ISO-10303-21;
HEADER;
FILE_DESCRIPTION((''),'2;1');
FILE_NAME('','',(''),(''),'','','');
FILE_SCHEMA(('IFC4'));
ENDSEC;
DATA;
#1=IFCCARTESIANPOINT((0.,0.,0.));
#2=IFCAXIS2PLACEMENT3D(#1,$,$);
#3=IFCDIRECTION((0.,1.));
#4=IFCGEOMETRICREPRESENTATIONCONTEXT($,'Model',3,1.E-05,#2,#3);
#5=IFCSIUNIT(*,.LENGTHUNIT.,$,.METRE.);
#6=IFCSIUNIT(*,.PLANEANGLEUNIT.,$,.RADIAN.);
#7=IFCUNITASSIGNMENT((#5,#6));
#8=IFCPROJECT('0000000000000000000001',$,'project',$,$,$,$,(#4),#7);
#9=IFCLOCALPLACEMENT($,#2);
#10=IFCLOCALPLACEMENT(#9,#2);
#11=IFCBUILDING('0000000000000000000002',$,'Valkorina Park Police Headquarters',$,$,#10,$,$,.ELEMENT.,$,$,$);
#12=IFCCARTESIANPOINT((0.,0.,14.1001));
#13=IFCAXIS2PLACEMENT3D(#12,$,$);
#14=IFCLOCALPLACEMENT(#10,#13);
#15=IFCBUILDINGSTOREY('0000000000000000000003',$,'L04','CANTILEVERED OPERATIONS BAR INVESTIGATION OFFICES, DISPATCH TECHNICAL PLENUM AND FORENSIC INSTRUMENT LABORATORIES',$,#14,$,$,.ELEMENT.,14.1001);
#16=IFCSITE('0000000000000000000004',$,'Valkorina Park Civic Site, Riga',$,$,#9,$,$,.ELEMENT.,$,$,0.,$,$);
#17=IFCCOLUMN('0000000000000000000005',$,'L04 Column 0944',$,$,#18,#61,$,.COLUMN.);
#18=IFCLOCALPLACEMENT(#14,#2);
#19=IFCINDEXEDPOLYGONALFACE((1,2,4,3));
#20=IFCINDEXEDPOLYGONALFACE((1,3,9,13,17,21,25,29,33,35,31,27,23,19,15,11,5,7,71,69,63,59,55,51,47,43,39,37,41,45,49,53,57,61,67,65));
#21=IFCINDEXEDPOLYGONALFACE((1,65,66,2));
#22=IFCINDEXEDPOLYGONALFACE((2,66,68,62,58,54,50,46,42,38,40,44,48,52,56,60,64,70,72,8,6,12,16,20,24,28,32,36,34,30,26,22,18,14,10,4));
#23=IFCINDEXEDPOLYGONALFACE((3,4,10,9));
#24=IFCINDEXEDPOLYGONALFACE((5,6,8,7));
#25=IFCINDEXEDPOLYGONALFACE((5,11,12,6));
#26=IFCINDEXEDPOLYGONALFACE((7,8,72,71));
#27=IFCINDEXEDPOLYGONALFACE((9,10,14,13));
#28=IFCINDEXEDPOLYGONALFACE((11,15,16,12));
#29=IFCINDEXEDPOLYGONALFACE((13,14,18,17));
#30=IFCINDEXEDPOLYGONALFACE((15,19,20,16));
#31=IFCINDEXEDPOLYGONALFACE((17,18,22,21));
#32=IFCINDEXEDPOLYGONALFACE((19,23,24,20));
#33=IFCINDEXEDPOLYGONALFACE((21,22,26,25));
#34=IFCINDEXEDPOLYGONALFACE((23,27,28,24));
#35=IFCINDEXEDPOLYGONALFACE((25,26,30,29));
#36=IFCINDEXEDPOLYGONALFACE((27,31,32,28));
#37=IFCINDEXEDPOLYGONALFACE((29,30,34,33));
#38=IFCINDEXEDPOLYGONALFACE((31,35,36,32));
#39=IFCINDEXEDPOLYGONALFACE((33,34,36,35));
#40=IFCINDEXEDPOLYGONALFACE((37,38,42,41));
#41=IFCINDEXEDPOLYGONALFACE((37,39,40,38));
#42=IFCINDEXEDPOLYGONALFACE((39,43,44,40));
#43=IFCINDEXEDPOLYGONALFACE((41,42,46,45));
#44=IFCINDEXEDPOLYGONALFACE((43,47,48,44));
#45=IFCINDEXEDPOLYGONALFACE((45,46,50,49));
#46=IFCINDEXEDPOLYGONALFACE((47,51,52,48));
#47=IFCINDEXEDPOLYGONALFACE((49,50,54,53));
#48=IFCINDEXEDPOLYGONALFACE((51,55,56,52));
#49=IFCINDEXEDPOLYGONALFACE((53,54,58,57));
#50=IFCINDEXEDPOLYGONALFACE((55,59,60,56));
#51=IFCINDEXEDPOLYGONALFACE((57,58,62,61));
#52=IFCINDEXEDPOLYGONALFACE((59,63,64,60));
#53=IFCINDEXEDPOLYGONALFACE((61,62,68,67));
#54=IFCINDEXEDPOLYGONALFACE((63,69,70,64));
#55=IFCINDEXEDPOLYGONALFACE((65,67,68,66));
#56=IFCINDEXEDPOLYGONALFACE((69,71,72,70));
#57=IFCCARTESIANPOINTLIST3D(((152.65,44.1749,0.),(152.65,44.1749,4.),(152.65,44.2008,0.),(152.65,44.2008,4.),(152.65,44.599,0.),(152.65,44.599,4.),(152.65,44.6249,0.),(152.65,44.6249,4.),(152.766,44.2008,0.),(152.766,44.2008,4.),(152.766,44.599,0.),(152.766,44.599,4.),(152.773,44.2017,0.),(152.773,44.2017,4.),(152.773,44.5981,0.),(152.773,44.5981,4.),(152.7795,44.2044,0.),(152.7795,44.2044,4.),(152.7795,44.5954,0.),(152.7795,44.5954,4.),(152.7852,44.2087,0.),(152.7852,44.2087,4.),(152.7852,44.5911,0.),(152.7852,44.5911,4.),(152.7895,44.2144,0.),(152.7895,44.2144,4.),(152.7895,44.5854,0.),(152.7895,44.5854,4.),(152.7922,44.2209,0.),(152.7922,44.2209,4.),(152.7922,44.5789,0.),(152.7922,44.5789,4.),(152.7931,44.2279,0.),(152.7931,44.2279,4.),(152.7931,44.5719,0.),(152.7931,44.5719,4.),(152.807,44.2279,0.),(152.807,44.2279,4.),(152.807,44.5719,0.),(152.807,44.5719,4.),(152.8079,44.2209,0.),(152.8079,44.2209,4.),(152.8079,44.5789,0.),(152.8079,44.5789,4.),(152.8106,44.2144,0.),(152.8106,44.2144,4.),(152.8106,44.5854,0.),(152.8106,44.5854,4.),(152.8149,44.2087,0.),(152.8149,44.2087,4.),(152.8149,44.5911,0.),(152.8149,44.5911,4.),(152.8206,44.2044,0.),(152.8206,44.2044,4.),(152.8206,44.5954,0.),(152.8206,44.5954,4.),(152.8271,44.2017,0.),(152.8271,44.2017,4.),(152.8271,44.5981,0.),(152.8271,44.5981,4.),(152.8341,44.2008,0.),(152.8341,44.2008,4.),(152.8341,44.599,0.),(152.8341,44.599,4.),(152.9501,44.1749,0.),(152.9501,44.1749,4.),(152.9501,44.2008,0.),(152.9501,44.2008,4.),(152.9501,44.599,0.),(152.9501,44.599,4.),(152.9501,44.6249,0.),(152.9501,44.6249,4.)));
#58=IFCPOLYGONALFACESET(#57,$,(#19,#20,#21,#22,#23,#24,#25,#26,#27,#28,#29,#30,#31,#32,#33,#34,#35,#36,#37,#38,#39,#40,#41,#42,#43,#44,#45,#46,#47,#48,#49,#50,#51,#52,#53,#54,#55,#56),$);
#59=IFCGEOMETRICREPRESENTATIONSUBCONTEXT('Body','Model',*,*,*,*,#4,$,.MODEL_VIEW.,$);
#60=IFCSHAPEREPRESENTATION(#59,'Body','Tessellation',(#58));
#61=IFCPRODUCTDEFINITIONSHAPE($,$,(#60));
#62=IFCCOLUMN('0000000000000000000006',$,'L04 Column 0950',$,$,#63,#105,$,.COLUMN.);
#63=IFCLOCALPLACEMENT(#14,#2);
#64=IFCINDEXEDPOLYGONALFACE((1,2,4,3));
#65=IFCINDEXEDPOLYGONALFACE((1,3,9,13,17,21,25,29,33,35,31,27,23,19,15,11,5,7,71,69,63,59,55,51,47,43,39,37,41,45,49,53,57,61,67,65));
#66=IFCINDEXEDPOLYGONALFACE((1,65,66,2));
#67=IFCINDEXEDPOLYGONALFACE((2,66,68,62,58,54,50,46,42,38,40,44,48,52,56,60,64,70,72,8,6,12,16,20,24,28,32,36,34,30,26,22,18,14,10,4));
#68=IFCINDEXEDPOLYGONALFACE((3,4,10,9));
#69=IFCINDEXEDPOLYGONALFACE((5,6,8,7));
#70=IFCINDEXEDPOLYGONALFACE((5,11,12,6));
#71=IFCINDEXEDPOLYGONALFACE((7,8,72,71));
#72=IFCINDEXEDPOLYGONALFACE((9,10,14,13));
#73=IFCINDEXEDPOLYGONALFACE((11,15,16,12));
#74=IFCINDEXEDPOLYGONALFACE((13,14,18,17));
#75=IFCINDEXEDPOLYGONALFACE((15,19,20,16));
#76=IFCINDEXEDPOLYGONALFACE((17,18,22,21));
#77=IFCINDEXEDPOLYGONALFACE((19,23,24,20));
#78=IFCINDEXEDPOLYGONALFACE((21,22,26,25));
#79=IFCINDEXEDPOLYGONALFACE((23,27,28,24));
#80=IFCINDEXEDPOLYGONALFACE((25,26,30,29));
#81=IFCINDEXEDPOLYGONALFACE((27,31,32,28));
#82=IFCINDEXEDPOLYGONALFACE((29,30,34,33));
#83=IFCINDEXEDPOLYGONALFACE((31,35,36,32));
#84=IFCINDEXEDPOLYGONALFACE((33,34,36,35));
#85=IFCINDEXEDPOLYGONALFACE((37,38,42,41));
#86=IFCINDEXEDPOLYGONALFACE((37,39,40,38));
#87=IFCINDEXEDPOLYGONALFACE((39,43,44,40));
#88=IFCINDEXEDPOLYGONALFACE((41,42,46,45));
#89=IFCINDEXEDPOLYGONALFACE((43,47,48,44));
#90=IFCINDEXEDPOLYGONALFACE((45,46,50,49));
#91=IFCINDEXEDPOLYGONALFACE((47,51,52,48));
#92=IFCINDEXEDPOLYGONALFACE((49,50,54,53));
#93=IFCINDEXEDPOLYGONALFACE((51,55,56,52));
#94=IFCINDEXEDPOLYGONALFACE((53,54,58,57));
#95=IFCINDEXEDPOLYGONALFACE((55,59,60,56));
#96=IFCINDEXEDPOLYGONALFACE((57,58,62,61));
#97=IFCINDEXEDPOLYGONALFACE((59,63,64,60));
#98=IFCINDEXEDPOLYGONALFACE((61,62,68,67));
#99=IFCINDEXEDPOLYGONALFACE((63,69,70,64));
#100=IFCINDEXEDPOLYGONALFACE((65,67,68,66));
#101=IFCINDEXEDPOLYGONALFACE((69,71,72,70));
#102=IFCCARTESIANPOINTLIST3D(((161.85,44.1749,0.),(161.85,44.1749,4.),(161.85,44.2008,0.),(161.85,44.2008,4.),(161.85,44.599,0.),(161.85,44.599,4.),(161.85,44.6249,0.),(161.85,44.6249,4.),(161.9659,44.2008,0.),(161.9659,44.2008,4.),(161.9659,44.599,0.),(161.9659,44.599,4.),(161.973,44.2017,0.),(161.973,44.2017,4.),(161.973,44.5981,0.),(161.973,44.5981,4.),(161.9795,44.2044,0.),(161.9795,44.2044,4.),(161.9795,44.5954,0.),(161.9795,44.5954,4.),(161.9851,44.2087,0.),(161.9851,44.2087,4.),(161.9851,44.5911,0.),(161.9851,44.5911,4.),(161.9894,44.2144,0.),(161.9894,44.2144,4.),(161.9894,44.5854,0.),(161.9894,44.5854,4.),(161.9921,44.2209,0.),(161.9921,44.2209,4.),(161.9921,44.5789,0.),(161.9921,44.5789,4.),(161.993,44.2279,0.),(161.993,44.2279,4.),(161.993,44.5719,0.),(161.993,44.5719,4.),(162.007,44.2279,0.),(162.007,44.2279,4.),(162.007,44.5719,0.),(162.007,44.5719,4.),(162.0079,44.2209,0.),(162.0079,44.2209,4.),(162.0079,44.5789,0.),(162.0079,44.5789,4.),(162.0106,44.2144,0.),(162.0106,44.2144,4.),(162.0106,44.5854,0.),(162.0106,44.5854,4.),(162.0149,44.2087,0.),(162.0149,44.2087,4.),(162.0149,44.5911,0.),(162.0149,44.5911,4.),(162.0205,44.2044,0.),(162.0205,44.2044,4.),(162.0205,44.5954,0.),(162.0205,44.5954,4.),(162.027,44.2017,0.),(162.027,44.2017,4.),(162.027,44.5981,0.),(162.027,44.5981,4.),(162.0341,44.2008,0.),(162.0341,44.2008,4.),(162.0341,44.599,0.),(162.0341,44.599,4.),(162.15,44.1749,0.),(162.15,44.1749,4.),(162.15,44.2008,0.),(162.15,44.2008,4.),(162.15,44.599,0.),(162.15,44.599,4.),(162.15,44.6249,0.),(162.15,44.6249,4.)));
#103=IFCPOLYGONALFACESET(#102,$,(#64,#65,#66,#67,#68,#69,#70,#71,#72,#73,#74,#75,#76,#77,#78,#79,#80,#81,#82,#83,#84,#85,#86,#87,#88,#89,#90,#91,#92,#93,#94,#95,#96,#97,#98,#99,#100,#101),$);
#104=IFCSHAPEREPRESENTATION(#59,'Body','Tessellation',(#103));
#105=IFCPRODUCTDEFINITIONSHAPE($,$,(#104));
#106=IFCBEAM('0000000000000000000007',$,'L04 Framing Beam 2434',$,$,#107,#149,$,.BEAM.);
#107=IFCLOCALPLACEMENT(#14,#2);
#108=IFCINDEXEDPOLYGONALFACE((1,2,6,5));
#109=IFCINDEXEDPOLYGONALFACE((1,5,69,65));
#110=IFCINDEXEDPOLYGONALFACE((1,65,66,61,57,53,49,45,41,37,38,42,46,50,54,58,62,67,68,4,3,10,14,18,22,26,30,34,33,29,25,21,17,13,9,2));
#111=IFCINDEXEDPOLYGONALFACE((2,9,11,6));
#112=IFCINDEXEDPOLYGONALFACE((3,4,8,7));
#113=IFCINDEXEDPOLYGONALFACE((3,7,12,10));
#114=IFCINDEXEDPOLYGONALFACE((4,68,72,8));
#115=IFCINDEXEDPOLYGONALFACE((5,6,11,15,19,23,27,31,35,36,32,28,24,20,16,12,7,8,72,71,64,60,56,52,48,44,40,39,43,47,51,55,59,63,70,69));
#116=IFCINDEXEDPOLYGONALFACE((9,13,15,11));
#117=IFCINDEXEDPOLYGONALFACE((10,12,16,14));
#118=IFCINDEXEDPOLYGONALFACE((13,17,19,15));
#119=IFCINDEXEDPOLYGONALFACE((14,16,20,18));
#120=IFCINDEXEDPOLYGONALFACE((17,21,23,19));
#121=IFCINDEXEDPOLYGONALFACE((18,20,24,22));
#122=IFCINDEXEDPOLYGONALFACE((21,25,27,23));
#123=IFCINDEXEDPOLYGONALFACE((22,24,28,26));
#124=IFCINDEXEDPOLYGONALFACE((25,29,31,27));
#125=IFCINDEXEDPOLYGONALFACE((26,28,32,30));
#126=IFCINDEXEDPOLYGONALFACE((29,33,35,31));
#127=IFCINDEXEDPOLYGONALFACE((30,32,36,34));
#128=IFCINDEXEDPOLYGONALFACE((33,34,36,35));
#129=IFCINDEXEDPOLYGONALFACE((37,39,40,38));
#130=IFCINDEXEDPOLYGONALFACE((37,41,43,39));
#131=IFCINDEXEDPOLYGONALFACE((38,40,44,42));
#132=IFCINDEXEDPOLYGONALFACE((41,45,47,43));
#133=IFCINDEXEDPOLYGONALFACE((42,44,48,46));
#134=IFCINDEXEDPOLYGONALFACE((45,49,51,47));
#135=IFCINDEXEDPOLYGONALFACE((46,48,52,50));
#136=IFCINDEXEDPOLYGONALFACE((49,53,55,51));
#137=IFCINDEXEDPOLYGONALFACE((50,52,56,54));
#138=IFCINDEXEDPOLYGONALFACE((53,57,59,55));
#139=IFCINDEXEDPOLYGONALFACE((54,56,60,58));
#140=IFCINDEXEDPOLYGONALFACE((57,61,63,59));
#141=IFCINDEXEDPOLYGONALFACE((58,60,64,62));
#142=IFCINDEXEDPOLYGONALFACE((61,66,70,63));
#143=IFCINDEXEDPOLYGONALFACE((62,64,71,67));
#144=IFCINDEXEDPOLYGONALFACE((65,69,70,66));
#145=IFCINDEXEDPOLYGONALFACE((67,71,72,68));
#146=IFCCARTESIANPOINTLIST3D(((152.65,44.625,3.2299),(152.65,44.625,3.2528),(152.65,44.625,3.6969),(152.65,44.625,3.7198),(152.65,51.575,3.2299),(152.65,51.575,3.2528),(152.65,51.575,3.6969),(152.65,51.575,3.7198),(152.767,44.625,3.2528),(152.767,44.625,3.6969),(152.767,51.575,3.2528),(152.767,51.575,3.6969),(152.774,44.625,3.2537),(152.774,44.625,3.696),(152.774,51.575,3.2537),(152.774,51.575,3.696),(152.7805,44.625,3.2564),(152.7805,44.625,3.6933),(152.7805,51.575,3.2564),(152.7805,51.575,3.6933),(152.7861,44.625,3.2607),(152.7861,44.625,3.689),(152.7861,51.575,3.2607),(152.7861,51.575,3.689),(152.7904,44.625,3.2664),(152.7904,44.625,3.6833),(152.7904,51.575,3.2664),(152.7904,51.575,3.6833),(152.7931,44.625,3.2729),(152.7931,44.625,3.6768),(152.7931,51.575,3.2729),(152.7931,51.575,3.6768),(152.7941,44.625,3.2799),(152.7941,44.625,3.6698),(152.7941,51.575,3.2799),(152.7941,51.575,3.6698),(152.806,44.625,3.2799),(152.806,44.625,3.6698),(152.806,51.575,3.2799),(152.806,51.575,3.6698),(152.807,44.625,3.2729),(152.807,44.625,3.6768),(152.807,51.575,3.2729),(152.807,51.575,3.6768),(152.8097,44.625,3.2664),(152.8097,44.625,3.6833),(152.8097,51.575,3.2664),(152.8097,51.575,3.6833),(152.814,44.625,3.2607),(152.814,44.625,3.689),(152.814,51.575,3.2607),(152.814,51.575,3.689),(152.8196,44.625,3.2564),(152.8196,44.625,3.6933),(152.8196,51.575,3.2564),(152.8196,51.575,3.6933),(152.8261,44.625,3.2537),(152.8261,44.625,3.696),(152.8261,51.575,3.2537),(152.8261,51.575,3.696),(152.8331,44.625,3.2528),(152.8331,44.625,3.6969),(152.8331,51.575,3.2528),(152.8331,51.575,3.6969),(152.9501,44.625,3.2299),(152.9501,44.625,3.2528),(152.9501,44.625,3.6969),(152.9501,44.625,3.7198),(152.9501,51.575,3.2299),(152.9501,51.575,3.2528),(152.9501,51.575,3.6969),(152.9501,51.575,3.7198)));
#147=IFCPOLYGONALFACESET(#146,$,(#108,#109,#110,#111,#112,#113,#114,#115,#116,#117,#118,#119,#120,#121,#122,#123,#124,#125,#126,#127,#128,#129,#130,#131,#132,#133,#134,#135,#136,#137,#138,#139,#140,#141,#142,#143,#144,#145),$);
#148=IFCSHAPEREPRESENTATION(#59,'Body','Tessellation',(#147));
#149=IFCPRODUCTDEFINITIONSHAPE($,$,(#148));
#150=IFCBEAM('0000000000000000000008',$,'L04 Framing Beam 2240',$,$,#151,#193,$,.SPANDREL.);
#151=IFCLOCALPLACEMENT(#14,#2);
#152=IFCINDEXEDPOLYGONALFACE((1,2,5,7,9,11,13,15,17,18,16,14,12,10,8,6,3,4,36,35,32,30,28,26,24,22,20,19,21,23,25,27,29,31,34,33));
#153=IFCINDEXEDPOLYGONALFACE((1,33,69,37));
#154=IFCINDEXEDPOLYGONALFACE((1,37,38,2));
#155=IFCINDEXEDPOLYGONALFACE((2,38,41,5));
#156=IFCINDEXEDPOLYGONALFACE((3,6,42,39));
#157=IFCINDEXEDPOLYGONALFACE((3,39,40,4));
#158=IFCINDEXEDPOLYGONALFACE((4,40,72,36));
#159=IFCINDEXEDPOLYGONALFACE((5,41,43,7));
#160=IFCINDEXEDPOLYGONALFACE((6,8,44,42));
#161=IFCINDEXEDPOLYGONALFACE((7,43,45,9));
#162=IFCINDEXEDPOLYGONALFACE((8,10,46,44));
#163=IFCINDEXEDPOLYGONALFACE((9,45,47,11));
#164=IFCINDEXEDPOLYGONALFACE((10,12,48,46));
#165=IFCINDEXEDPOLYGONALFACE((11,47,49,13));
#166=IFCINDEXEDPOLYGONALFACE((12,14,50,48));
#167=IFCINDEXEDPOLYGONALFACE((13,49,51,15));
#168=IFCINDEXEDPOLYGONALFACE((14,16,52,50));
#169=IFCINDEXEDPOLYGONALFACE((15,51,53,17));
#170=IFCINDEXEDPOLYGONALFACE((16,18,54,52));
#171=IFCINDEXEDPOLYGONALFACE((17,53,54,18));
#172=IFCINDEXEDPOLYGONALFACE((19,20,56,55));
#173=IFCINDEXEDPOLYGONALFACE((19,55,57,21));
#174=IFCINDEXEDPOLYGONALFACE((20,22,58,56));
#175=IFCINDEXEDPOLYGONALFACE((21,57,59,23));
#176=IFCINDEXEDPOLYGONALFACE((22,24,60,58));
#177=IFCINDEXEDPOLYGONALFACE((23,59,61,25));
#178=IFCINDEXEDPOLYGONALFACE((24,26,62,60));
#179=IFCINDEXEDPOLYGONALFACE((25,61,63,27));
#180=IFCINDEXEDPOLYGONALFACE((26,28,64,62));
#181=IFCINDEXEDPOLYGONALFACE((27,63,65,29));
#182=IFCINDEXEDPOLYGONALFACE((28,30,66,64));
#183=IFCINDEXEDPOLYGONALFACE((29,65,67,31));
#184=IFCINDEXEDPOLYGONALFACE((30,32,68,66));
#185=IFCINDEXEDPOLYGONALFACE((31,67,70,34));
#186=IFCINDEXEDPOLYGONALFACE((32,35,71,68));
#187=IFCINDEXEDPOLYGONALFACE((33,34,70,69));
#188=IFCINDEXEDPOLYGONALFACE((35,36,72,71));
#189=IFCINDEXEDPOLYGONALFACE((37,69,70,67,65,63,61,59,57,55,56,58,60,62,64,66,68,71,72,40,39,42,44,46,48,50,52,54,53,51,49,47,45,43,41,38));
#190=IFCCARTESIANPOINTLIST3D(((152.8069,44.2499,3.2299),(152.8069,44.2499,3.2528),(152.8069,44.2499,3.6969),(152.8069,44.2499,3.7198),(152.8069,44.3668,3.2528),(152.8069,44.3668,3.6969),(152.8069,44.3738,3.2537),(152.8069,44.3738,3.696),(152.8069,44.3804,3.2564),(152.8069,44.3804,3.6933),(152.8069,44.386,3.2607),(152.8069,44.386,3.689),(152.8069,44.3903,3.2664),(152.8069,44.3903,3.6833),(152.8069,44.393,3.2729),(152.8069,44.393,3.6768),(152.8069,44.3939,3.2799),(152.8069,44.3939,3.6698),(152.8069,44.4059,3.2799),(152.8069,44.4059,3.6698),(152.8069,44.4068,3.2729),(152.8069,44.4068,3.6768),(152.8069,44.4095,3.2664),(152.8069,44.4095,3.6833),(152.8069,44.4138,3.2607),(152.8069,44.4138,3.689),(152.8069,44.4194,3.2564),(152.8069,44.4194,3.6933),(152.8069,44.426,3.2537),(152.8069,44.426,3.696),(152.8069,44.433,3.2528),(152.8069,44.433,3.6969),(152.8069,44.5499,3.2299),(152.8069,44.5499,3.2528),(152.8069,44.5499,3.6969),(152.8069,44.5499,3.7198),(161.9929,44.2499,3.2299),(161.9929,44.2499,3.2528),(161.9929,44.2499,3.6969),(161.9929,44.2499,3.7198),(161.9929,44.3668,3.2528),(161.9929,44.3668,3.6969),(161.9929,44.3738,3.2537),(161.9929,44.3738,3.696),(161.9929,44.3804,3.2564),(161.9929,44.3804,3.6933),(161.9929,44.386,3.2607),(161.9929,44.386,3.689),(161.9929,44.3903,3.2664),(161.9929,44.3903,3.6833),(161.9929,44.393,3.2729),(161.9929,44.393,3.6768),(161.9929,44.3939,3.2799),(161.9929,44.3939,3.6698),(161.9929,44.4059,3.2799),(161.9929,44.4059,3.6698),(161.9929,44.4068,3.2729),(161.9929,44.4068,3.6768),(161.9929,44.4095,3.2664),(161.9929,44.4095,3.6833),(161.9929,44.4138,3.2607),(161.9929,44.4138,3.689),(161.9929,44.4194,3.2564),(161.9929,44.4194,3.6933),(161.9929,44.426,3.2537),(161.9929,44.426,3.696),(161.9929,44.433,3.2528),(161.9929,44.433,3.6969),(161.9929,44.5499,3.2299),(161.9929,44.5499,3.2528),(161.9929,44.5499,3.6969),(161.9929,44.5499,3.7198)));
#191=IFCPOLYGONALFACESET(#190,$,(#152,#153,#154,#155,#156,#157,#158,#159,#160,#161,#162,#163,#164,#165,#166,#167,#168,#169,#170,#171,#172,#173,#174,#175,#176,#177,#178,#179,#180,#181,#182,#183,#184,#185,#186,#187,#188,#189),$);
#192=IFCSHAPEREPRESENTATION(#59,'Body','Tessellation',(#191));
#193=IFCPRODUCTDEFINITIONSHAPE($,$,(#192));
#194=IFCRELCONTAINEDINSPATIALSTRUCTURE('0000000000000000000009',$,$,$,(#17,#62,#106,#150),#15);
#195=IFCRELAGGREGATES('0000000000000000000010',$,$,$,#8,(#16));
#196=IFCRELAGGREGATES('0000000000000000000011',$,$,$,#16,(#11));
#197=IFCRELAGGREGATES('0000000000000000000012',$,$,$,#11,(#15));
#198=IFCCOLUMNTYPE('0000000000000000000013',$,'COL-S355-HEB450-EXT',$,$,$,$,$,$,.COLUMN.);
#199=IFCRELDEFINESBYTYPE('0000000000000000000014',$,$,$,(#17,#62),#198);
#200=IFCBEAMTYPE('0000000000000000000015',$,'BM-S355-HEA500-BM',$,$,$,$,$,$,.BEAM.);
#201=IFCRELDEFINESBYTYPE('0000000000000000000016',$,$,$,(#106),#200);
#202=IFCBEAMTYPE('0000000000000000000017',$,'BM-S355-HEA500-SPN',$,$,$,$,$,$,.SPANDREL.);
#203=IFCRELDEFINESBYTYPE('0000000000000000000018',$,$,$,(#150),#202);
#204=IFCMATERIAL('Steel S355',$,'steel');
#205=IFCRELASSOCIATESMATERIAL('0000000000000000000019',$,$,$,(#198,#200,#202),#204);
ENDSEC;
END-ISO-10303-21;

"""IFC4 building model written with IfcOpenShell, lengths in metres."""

from ifc_helpers import new_model, si_unit, direction, frame, origin, origin_2d, place, context, subcontext, project, spatial, i_section, extrude, material, material_profile, profile_set, type_object, element, save


model = new_model("IFC4")

# Units and contexts
model_context = context("Model", 3, precision=1e-05, world=origin(), true_north=direction((0.0, 1.0)))
body_context = subcontext(model_context, "Body", "Model", "MODEL_VIEW")
ifc_project = project(units=[si_unit("LENGTHUNIT", "METRE"), si_unit("PLANEANGLEUNIT", "RADIAN")], contexts=[model_context])

# Site, building, storey
site_placement = place(None, origin())
site = spatial("IfcSite", under=ifc_project, at=site_placement, Name="Valkorina Park Civic Site, Riga", CompositionType="ELEMENT", RefElevation=0.0)
building_placement = place(site_placement, origin())
building = spatial("IfcBuilding", under=site, at=building_placement, Name="Valkorina Park Police Headquarters", CompositionType="ELEMENT")
storey_placement = place(building_placement, frame((0.0, 0.0, 14.1001)))
storey = spatial("IfcBuildingStorey", under=building, at=storey_placement, Name="L04", Description="CANTILEVERED OPERATIONS BAR INVESTIGATION OFFICES, DISPATCH TECHNICAL PLENUM AND FORENSIC INSTRUMENT LABORATORIES", CompositionType="ELEMENT", Elevation=14.1001)

# Columns
ifc_material_1 = material(Name="Steel S355", Category="steel")
ifc_material_profile_1 = material_profile(ifc_material_1, i_section(OverallWidth=0.3, OverallDepth=0.45, WebThickness=0.0139, FlangeThickness=0.0259, FilletRadius=0.0271, at=origin_2d()), Name="HEB 450")
ifc_profile_set_1 = profile_set([ifc_material_profile_1], Name="Steel S355")
column_type = type_object("IfcColumnType", Name="COL-S355-HEB450-EXT", PredefinedType="COLUMN", material=ifc_profile_set_1)
for number, where, z_axis, x_axis, name in (
    (1, (152.8, 44.3999, 0.0), (0.0, 0.0, 1.0), (1.0, 0.0, 0.0), "L04 Column 0944"),
    (2, (162.0, 44.3999, 0.0), (0.0, 0.0, 1.0), (1.0, 0.0, 0.0), "L04 Column 0950"),
):
    element("IfcColumn", number, at=place(storey_placement, frame(where, z_axis=z_axis, x_axis=x_axis)), inside=storey, type_object=column_type, Name=name, PredefinedType="COLUMN", context=body_context, shape_type="SweptSolid", body=[
        extrude(i_section(OverallWidth=0.3, OverallDepth=0.45, WebThickness=0.0139, FlangeThickness=0.0259, FilletRadius=0.0271, at=origin_2d()), origin(), (0.0, 0.0, 1.0), 4.0),
    ])

# Beams
ifc_material_profile_2 = material_profile(ifc_material_1, i_section(OverallWidth=0.3, OverallDepth=0.49, WebThickness=0.012, FlangeThickness=0.0229, FilletRadius=0.0271, at=origin_2d()), Name="HEA 500")
ifc_profile_set_2 = profile_set([ifc_material_profile_2], Name="Steel S355")
beam_type_1 = type_object("IfcBeamType", Name="BM-S355-HEA500-BM", PredefinedType="BEAM", material=ifc_profile_set_2)
beam_1_placement = place(storey_placement, frame((152.8, 44.625, 3.4749), z_axis=(0.0, 1.0, 0.0), x_axis=(-1.0, 0.0, 0.0)))
element("IfcBeam", 3, at=beam_1_placement, inside=storey, type_object=beam_type_1, Name="L04 Framing Beam 2434", PredefinedType="BEAM", context=body_context, shape_type="SweptSolid", body=[
    extrude(i_section(OverallWidth=0.3, OverallDepth=0.49, WebThickness=0.012, FlangeThickness=0.0229, FilletRadius=0.0271, at=origin_2d()), origin(), (0.0, 0.0, 1.0), 6.95),
])
ifc_material_profile_3 = material_profile(ifc_material_1, i_section(OverallWidth=0.3, OverallDepth=0.49, WebThickness=0.012, FlangeThickness=0.0229, FilletRadius=0.0271, at=origin_2d()), Name="HEA 500")
ifc_profile_set_3 = profile_set([ifc_material_profile_3], Name="Steel S355")
beam_type_2 = type_object("IfcBeamType", Name="BM-S355-HEA500-SPN", PredefinedType="SPANDREL", material=ifc_profile_set_3)
beam_2_placement = place(storey_placement, frame((152.8069, 44.3999, 3.4749), z_axis=(1.0, 0.0, 0.0), x_axis=(0.0, 1.0, 0.0)))
element("IfcBeam", 4, at=beam_2_placement, inside=storey, type_object=beam_type_2, Name="L04 Framing Beam 2240", PredefinedType="SPANDREL", context=body_context, shape_type="SweptSolid", body=[
    extrude(i_section(OverallWidth=0.3, OverallDepth=0.49, WebThickness=0.012, FlangeThickness=0.0229, FilletRadius=0.0271, at=origin_2d()), origin(), (0.0, 0.0, 1.0), 9.186),
])

save(model, "model.ifc")
